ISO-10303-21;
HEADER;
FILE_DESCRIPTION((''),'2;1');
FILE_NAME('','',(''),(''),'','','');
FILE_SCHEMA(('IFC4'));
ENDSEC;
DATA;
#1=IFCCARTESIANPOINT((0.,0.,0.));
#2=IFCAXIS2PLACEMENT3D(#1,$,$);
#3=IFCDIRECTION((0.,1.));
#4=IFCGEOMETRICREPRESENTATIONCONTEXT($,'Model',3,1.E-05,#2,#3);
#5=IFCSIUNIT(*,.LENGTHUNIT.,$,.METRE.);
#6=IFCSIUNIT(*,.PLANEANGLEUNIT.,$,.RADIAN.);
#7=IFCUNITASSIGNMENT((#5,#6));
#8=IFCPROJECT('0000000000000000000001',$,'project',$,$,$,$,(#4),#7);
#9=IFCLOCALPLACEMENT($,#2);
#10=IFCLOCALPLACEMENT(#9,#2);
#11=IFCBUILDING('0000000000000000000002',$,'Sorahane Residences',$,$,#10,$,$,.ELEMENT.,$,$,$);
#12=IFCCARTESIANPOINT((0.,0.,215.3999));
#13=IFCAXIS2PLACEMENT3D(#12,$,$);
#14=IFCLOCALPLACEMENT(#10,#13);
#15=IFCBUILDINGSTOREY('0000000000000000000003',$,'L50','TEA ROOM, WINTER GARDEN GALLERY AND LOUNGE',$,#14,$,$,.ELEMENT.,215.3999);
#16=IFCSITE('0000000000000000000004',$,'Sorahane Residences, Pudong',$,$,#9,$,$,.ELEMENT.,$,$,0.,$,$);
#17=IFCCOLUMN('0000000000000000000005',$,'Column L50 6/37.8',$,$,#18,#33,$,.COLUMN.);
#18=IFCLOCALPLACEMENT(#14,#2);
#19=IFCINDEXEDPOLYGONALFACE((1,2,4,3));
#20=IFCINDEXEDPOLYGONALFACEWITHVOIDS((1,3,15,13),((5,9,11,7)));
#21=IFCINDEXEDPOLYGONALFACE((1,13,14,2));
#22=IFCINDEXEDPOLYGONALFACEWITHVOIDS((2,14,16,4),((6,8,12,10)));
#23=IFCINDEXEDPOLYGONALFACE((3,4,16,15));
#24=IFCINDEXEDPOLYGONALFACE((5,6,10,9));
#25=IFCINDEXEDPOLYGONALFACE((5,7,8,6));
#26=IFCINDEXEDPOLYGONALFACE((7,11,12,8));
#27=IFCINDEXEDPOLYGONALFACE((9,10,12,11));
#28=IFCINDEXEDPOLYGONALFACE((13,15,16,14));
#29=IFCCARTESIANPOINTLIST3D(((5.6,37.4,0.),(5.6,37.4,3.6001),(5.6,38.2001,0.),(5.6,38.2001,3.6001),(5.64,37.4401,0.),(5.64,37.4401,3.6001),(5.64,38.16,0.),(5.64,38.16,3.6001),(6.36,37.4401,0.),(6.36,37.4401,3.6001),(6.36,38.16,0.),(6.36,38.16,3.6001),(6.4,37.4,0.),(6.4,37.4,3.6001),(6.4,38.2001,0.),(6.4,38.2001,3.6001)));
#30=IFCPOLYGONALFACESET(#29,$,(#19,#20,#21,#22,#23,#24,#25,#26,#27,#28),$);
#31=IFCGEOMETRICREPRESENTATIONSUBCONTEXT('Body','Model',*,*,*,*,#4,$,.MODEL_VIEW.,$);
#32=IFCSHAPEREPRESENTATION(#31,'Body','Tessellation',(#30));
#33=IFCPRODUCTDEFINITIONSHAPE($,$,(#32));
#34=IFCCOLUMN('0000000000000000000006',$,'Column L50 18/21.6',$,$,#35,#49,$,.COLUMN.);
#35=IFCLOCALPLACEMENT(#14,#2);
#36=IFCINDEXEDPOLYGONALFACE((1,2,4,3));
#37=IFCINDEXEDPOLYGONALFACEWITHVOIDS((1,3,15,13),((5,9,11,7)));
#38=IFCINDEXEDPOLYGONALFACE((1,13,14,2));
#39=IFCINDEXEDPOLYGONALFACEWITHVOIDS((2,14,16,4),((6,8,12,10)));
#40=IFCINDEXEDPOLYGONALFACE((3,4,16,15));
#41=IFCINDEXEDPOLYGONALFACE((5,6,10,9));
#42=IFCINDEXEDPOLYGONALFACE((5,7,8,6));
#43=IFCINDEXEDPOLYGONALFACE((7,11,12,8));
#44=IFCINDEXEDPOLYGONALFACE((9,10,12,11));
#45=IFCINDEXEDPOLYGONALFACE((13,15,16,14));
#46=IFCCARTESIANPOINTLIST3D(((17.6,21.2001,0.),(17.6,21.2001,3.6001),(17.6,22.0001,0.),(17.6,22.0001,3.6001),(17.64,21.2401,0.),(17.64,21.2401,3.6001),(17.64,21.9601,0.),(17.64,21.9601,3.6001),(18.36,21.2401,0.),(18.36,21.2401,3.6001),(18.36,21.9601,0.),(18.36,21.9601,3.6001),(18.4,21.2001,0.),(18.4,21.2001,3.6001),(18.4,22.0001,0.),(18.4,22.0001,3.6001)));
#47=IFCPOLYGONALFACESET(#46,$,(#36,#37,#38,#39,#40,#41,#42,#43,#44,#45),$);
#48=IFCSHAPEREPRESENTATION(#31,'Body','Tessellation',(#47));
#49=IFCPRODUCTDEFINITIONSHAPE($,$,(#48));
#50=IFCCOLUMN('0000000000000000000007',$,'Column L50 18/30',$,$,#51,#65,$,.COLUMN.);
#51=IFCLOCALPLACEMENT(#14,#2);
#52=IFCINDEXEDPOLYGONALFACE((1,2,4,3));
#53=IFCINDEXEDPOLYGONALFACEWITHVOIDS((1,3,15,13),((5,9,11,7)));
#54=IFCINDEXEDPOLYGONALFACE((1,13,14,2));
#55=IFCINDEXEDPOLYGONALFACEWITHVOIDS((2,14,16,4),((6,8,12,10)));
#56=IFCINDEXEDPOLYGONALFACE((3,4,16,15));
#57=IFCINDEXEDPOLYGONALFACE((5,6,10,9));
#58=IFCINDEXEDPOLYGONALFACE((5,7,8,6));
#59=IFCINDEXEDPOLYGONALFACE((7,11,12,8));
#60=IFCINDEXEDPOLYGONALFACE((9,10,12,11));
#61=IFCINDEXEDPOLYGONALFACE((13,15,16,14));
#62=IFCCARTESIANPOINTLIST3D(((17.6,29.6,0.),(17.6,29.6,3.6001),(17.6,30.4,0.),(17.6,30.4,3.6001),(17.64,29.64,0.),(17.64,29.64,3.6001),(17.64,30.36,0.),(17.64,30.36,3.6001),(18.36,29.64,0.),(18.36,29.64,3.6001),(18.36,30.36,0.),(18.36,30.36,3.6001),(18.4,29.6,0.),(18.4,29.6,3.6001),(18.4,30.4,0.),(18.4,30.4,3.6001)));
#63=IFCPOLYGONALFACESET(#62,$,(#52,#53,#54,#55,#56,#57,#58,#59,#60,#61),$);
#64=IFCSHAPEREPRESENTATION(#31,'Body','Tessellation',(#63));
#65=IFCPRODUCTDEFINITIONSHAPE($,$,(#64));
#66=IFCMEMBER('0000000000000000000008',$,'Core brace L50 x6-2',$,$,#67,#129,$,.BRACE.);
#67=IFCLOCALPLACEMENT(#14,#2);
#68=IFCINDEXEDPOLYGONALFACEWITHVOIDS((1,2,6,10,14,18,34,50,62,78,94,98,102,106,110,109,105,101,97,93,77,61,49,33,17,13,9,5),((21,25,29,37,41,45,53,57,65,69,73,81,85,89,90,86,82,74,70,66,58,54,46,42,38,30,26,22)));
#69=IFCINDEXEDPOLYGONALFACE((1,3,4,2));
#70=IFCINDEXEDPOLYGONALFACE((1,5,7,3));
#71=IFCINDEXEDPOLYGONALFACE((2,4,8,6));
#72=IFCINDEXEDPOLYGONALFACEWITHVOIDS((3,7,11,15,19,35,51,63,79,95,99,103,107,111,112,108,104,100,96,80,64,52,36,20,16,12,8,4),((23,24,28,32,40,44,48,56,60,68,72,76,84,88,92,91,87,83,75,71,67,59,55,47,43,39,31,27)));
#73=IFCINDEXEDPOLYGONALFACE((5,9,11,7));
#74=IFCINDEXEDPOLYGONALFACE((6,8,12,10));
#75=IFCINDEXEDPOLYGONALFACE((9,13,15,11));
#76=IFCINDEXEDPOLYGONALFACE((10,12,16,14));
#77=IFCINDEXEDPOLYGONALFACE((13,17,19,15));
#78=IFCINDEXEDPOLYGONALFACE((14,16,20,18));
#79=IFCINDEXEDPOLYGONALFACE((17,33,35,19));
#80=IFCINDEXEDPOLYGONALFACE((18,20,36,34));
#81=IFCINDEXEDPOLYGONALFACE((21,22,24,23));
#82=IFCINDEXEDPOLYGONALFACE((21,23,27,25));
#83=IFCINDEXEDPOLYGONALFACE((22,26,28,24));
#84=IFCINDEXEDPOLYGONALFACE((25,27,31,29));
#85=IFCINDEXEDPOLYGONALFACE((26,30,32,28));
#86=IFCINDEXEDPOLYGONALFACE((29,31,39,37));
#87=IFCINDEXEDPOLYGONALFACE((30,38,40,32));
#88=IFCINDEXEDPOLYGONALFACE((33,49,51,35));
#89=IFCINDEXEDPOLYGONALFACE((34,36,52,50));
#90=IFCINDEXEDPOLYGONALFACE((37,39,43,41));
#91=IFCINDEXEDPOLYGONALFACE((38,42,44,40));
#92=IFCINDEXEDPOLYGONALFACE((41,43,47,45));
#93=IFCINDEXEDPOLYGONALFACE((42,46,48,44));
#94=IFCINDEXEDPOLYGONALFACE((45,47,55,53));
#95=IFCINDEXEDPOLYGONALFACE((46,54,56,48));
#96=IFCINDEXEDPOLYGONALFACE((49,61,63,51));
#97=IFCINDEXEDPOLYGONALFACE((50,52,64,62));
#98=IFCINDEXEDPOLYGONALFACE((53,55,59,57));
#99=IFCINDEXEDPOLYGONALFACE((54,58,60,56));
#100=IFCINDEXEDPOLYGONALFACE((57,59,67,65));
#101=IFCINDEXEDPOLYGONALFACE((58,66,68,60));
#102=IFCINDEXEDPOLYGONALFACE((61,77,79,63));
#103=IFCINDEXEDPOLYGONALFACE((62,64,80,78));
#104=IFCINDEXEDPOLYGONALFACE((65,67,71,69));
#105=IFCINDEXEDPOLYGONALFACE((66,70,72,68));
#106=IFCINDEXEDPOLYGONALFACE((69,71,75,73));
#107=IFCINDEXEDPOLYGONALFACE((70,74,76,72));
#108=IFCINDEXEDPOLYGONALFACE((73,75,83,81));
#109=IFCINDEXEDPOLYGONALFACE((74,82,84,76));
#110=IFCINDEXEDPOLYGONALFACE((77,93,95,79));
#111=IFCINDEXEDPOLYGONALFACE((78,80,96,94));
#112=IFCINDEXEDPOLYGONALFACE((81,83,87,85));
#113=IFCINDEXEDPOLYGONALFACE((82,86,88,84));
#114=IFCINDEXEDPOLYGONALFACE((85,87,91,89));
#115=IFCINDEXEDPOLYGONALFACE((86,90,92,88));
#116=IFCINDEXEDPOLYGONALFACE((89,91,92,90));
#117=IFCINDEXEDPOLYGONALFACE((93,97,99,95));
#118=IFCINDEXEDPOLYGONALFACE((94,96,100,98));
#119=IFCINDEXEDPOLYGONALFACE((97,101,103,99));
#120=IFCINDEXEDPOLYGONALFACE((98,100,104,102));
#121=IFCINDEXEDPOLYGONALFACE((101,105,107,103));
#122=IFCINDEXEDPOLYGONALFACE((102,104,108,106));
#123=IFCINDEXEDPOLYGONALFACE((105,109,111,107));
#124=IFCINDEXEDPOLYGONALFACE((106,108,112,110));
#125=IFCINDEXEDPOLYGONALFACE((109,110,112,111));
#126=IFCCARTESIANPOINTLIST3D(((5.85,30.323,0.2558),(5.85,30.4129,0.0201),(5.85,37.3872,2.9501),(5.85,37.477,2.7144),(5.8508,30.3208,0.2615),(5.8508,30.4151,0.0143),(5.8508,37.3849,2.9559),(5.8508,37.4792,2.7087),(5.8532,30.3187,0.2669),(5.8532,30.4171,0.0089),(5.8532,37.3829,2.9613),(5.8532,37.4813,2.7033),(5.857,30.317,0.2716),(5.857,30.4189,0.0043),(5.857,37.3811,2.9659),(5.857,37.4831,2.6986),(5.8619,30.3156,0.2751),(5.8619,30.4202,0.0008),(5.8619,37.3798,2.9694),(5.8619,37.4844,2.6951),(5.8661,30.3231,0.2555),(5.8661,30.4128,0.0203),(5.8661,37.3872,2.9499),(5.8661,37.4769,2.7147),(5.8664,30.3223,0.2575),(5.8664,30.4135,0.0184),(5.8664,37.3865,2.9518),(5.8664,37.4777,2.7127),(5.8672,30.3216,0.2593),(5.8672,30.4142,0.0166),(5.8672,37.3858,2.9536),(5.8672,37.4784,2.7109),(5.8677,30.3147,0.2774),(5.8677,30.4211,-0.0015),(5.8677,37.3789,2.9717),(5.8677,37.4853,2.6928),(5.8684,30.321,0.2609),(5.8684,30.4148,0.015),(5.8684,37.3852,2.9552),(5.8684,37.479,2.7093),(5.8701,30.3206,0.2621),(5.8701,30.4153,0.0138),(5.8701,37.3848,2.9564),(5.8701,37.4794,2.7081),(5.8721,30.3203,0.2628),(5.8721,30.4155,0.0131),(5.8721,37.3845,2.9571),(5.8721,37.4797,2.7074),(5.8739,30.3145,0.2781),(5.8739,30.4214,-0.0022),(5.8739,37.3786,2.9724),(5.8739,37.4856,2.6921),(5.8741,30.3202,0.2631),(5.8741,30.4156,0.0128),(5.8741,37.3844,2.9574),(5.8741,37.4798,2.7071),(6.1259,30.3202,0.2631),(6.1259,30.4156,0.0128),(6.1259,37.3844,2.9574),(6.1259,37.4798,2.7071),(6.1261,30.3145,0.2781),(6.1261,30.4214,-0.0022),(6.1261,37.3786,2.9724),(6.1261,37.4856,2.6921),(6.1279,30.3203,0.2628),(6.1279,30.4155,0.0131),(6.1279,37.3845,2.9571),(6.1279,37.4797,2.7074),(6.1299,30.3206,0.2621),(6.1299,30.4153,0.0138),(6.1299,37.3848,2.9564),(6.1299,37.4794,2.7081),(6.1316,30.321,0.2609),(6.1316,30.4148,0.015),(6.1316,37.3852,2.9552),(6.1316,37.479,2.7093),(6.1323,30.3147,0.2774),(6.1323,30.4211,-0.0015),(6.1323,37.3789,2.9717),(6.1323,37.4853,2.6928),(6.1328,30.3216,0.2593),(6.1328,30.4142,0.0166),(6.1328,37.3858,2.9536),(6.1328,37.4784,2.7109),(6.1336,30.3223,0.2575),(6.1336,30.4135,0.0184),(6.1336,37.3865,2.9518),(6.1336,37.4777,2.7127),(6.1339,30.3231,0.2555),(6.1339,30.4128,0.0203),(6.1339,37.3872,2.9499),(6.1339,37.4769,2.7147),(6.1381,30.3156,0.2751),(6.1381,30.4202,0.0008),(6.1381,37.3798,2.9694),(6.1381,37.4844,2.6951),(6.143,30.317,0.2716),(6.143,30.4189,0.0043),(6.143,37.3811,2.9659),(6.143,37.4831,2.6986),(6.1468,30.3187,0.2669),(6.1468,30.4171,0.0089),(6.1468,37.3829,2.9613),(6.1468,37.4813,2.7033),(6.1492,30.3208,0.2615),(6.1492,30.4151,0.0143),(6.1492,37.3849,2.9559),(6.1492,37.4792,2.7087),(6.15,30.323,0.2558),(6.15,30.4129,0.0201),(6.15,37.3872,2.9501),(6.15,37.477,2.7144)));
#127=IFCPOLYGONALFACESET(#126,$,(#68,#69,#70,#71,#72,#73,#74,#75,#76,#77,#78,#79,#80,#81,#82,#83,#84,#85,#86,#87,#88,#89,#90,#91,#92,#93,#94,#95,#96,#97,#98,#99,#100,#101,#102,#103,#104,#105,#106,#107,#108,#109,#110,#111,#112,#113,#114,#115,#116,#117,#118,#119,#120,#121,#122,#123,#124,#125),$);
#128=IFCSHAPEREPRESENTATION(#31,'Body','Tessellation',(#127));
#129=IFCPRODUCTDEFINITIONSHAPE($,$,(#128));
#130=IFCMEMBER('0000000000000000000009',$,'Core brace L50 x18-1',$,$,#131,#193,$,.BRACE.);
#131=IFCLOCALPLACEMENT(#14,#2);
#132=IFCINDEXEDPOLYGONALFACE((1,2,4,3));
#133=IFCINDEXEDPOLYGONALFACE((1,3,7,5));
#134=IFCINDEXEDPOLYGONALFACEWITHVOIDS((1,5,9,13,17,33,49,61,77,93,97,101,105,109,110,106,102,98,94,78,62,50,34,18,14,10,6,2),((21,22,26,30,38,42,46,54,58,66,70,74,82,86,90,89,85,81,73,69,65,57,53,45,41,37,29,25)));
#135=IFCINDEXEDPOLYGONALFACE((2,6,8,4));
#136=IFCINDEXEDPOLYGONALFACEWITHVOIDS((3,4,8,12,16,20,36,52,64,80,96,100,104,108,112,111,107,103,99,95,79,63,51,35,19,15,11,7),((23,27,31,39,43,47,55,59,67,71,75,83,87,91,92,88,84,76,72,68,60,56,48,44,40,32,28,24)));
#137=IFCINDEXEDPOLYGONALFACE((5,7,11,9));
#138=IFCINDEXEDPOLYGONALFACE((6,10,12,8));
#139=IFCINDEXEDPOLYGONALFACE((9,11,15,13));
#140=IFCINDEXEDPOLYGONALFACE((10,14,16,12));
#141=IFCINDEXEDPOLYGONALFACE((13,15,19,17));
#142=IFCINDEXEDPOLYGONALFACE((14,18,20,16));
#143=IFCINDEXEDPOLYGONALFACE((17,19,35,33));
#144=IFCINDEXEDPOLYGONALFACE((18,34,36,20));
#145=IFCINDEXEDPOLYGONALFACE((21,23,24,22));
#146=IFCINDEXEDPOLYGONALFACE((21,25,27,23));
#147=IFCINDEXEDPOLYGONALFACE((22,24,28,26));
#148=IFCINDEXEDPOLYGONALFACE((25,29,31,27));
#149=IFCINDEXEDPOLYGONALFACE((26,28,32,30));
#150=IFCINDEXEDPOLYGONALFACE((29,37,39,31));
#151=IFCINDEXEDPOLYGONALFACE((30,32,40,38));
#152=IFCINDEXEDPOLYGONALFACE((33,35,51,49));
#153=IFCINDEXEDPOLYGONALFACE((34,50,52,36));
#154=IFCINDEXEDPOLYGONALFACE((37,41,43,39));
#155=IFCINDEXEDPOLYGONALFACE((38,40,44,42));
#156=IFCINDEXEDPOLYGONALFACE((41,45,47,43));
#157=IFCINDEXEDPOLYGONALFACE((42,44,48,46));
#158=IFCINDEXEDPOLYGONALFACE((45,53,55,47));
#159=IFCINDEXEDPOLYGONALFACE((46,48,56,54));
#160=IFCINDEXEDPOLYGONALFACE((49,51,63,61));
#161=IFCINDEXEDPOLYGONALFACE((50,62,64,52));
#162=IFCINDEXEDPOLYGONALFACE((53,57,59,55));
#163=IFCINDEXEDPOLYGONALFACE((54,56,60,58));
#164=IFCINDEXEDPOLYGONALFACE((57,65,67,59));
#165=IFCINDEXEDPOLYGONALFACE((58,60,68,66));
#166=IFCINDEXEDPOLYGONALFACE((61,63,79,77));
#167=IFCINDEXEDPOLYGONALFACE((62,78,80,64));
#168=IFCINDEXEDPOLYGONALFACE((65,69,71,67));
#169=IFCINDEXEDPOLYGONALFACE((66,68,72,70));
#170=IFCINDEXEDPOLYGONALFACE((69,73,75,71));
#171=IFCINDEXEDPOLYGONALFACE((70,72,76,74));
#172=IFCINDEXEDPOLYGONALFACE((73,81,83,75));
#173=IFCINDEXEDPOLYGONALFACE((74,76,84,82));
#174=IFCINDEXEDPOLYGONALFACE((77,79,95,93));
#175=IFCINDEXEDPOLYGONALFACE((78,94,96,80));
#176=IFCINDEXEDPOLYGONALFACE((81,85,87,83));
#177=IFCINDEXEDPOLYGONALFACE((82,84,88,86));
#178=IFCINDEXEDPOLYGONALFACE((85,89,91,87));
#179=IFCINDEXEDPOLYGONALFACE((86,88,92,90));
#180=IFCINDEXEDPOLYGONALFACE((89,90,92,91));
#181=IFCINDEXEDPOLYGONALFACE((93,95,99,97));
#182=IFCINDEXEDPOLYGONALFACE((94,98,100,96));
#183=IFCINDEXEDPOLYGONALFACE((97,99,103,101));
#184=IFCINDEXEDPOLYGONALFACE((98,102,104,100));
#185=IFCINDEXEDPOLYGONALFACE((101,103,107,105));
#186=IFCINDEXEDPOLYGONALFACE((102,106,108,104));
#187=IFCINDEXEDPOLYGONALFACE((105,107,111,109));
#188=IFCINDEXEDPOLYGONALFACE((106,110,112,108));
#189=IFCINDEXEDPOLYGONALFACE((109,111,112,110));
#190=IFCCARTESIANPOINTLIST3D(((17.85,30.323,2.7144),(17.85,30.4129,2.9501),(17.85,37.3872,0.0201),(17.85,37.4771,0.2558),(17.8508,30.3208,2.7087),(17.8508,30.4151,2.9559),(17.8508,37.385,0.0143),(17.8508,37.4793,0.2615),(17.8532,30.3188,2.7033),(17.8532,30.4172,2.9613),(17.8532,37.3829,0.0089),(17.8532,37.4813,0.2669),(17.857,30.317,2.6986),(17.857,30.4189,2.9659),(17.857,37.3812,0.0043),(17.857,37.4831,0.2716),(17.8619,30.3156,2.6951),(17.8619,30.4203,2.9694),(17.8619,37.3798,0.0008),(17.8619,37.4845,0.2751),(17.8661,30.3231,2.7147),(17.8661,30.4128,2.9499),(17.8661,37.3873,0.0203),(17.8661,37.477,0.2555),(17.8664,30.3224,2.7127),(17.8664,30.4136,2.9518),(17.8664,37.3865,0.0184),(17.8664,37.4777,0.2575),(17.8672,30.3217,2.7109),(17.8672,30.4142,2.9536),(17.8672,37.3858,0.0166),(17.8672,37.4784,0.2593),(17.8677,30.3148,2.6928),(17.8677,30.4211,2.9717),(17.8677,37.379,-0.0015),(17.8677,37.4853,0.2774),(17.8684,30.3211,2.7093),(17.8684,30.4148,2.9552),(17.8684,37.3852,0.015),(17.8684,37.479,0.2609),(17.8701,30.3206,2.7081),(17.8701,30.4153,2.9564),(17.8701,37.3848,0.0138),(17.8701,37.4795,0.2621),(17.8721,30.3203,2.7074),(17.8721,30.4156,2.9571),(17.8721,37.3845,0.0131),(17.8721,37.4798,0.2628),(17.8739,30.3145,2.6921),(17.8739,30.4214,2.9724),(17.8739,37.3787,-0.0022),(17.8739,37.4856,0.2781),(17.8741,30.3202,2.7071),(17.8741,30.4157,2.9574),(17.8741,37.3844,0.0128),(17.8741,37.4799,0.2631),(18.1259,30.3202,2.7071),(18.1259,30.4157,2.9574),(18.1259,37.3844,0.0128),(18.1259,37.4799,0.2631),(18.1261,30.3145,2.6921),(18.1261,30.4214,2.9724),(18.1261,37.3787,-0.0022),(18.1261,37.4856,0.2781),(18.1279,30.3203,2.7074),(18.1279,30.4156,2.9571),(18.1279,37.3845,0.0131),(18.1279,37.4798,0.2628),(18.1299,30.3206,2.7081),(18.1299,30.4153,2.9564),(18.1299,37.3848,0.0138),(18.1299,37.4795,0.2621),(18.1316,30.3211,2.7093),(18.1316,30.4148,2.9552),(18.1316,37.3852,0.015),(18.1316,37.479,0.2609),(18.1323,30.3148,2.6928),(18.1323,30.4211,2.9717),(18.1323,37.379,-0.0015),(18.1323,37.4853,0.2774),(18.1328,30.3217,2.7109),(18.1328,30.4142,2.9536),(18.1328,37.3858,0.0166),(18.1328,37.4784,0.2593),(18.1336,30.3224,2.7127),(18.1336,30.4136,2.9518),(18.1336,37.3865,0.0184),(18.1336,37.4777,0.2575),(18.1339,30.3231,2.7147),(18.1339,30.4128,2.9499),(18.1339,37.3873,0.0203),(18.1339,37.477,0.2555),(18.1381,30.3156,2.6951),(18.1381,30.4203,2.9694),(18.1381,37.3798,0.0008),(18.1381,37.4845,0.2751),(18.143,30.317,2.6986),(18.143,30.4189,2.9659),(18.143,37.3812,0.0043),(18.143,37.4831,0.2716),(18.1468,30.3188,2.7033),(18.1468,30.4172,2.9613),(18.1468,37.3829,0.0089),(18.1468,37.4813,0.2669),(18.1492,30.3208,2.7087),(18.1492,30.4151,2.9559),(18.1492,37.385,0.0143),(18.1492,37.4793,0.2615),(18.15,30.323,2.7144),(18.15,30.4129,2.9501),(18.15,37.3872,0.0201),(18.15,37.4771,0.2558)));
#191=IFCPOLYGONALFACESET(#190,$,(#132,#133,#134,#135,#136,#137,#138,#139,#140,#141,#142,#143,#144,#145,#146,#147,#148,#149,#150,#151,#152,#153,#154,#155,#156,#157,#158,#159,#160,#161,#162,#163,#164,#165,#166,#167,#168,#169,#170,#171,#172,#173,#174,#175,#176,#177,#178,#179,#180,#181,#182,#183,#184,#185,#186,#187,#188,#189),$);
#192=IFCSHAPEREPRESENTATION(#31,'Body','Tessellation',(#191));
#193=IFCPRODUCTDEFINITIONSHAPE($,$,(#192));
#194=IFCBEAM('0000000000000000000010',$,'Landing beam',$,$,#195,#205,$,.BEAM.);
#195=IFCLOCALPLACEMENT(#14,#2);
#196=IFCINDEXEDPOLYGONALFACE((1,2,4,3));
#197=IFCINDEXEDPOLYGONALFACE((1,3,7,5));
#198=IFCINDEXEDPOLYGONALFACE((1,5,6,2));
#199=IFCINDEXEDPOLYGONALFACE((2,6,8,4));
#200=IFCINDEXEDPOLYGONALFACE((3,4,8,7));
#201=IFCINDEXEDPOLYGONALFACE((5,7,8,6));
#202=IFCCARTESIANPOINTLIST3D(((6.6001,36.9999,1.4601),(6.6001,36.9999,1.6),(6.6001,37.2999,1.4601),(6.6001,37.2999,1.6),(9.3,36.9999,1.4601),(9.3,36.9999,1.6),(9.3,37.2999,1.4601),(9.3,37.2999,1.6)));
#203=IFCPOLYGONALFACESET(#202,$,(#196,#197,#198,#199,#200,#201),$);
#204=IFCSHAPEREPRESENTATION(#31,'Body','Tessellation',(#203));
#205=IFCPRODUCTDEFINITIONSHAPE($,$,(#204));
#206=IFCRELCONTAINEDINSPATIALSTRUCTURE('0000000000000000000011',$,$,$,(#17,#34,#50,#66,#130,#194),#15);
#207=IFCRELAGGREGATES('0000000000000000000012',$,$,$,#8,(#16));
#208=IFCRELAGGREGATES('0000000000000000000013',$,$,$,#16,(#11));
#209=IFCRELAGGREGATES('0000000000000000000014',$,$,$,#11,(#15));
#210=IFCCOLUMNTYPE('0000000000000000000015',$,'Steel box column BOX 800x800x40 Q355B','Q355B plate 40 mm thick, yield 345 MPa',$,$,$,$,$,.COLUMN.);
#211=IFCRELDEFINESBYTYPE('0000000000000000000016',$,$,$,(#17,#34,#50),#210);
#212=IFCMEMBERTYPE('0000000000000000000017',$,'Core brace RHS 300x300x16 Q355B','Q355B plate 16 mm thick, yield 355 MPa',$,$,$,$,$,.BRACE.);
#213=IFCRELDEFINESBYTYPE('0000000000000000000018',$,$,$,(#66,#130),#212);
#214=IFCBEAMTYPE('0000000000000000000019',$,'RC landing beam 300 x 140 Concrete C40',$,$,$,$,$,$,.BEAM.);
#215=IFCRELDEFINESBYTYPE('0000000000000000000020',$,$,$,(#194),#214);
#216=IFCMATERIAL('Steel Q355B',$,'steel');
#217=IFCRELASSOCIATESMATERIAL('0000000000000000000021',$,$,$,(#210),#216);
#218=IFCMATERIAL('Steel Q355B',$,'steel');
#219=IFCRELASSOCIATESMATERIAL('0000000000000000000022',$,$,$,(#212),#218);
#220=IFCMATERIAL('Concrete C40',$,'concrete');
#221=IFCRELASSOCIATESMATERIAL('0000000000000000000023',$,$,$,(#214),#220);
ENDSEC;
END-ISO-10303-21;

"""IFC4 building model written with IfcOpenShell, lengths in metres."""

from ifc_helpers import new_model, si_unit, direction, frame, origin, origin_2d, place, context, subcontext, project, spatial, rectangle, hollow_rectangle, extrude, material, material_profile, profile_set, type_object, element, save


model = new_model("IFC4")

# Units and contexts
model_context = context("Model", 3, precision=1e-05, world=origin(), true_north=direction((0.0, 1.0)))
body_context = subcontext(model_context, "Body", "Model", "MODEL_VIEW")
ifc_project = project(units=[si_unit("LENGTHUNIT", "METRE"), si_unit("PLANEANGLEUNIT", "RADIAN")], contexts=[model_context])

# Site, building, storey
site_placement = place(None, origin())
site = spatial("IfcSite", under=ifc_project, at=site_placement, Name="Sorahane Residences, Pudong", CompositionType="ELEMENT", RefElevation=0.0)
building_placement = place(site_placement, origin())
building = spatial("IfcBuilding", under=site, at=building_placement, Name="Sorahane Residences", CompositionType="ELEMENT")
storey_placement = place(building_placement, frame((0.0, 0.0, 215.3999)))
storey = spatial("IfcBuildingStorey", under=building, at=storey_placement, Name="L50", Description="TEA ROOM, WINTER GARDEN GALLERY AND LOUNGE", CompositionType="ELEMENT", Elevation=215.3999)

# Columns
ifc_material_1 = material(Name="Steel Q355B", Category="steel")
ifc_material_profile_1 = material_profile(ifc_material_1, hollow_rectangle(XDim=0.8, YDim=0.8, WallThickness=0.04, at=origin_2d()), Name="BOX 800x800x40")
ifc_profile_set_1 = profile_set([ifc_material_profile_1], Name="Steel Q355B")
column_type = type_object("IfcColumnType", Name="Steel box column BOX 800x800x40 Q355B", Description="Q355B plate 40 mm thick, yield 345 MPa", PredefinedType="COLUMN", material=ifc_profile_set_1)
for number, where, z_axis, x_axis, name in (
    (1, (6.0, 37.8, 0.0), (0.0, 0.0, 1.0), (1.0, 0.0, 0.0), "Column L50 6/37.8"),
    (2, (18.0, 21.6001, 0.0), (0.0, 0.0, 1.0), (1.0, 0.0, 0.0), "Column L50 18/21.6"),
    (3, (18.0, 30.0, 0.0), (0.0, 0.0, 1.0), (1.0, 0.0, 0.0), "Column L50 18/30"),
):
    element("IfcColumn", number, at=place(storey_placement, frame(where, z_axis=z_axis, x_axis=x_axis)), inside=storey, type_object=column_type, Name=name, PredefinedType="COLUMN", context=body_context, shape_type="SweptSolid", body=[
        extrude(hollow_rectangle(XDim=0.8, YDim=0.8, WallThickness=0.04, at=origin_2d()), origin(), (0.0, 0.0, 1.0), 3.6001),
    ])

# Members
ifc_material_2 = material(Name="Steel Q355B", Category="steel")
ifc_material_profile_2 = material_profile(ifc_material_2, hollow_rectangle(XDim=0.3, YDim=0.3, WallThickness=0.0161, InnerFilletRadius=0.0081, OuterFilletRadius=0.0239, at=origin_2d()), Name="RHS 300x300x16")
ifc_profile_set_2 = profile_set([ifc_material_profile_2], Name="Steel Q355B")
member_type = type_object("IfcMemberType", Name="Core brace RHS 300x300x16 Q355B", Description="Q355B plate 16 mm thick, yield 355 MPa", PredefinedType="BRACE", material=ifc_profile_set_2)
for number, where, z_axis, x_axis, name in (
    (4, (6.0, 30.3679, 0.1379), (0.0, 0.934346, 0.356366), (-1.0, 0.0, 0.0), "Core brace L50 x6-2"),
    (5, (18.0, 37.4321, 0.1379), (0.0, -0.934346, 0.356366), (1.0, 0.0, 0.0), "Core brace L50 x18-1"),
):
    element("IfcMember", number, at=place(storey_placement, frame(where, z_axis=z_axis, x_axis=x_axis)), inside=storey, type_object=member_type, Name=name, PredefinedType="BRACE", context=body_context, shape_type="SweptSolid", body=[
        extrude(hollow_rectangle(XDim=0.3, YDim=0.3, WallThickness=0.0161, InnerFilletRadius=0.0081, OuterFilletRadius=0.0239, at=origin_2d()), origin(), (0.0, 0.0, 1.0), 7.5605),
    ])

# Beam
ifc_material_3 = material(Name="Concrete C40", Category="concrete")
ifc_material_profile_3 = material_profile(ifc_material_3, rectangle(XDim=0.3, YDim=0.1399, at=origin_2d()), Name="300x140")
ifc_profile_set_3 = profile_set([ifc_material_profile_3], Name="Concrete C40")
beam_type_1 = type_object("IfcBeamType", Name="RC landing beam 300 x 140 Concrete C40", PredefinedType="BEAM", material=ifc_profile_set_3)
for number, where, z_axis, x_axis, name in (
    (6, (6.6001, 37.1499, 1.53), (1.0, 0.0, 0.0), (0.0, 1.0, 0.0), "Landing beam"),
):
    element("IfcBeam", number, at=place(storey_placement, frame(where, z_axis=z_axis, x_axis=x_axis)), inside=storey, type_object=beam_type_1, Name=name, PredefinedType="BEAM", context=body_context, shape_type="SweptSolid", body=[
        extrude(rectangle(XDim=0.3, YDim=0.1399, at=origin_2d()), origin(), (0.0, 0.0, 1.0), 2.7),
    ])

save(model, "model.ifc")
